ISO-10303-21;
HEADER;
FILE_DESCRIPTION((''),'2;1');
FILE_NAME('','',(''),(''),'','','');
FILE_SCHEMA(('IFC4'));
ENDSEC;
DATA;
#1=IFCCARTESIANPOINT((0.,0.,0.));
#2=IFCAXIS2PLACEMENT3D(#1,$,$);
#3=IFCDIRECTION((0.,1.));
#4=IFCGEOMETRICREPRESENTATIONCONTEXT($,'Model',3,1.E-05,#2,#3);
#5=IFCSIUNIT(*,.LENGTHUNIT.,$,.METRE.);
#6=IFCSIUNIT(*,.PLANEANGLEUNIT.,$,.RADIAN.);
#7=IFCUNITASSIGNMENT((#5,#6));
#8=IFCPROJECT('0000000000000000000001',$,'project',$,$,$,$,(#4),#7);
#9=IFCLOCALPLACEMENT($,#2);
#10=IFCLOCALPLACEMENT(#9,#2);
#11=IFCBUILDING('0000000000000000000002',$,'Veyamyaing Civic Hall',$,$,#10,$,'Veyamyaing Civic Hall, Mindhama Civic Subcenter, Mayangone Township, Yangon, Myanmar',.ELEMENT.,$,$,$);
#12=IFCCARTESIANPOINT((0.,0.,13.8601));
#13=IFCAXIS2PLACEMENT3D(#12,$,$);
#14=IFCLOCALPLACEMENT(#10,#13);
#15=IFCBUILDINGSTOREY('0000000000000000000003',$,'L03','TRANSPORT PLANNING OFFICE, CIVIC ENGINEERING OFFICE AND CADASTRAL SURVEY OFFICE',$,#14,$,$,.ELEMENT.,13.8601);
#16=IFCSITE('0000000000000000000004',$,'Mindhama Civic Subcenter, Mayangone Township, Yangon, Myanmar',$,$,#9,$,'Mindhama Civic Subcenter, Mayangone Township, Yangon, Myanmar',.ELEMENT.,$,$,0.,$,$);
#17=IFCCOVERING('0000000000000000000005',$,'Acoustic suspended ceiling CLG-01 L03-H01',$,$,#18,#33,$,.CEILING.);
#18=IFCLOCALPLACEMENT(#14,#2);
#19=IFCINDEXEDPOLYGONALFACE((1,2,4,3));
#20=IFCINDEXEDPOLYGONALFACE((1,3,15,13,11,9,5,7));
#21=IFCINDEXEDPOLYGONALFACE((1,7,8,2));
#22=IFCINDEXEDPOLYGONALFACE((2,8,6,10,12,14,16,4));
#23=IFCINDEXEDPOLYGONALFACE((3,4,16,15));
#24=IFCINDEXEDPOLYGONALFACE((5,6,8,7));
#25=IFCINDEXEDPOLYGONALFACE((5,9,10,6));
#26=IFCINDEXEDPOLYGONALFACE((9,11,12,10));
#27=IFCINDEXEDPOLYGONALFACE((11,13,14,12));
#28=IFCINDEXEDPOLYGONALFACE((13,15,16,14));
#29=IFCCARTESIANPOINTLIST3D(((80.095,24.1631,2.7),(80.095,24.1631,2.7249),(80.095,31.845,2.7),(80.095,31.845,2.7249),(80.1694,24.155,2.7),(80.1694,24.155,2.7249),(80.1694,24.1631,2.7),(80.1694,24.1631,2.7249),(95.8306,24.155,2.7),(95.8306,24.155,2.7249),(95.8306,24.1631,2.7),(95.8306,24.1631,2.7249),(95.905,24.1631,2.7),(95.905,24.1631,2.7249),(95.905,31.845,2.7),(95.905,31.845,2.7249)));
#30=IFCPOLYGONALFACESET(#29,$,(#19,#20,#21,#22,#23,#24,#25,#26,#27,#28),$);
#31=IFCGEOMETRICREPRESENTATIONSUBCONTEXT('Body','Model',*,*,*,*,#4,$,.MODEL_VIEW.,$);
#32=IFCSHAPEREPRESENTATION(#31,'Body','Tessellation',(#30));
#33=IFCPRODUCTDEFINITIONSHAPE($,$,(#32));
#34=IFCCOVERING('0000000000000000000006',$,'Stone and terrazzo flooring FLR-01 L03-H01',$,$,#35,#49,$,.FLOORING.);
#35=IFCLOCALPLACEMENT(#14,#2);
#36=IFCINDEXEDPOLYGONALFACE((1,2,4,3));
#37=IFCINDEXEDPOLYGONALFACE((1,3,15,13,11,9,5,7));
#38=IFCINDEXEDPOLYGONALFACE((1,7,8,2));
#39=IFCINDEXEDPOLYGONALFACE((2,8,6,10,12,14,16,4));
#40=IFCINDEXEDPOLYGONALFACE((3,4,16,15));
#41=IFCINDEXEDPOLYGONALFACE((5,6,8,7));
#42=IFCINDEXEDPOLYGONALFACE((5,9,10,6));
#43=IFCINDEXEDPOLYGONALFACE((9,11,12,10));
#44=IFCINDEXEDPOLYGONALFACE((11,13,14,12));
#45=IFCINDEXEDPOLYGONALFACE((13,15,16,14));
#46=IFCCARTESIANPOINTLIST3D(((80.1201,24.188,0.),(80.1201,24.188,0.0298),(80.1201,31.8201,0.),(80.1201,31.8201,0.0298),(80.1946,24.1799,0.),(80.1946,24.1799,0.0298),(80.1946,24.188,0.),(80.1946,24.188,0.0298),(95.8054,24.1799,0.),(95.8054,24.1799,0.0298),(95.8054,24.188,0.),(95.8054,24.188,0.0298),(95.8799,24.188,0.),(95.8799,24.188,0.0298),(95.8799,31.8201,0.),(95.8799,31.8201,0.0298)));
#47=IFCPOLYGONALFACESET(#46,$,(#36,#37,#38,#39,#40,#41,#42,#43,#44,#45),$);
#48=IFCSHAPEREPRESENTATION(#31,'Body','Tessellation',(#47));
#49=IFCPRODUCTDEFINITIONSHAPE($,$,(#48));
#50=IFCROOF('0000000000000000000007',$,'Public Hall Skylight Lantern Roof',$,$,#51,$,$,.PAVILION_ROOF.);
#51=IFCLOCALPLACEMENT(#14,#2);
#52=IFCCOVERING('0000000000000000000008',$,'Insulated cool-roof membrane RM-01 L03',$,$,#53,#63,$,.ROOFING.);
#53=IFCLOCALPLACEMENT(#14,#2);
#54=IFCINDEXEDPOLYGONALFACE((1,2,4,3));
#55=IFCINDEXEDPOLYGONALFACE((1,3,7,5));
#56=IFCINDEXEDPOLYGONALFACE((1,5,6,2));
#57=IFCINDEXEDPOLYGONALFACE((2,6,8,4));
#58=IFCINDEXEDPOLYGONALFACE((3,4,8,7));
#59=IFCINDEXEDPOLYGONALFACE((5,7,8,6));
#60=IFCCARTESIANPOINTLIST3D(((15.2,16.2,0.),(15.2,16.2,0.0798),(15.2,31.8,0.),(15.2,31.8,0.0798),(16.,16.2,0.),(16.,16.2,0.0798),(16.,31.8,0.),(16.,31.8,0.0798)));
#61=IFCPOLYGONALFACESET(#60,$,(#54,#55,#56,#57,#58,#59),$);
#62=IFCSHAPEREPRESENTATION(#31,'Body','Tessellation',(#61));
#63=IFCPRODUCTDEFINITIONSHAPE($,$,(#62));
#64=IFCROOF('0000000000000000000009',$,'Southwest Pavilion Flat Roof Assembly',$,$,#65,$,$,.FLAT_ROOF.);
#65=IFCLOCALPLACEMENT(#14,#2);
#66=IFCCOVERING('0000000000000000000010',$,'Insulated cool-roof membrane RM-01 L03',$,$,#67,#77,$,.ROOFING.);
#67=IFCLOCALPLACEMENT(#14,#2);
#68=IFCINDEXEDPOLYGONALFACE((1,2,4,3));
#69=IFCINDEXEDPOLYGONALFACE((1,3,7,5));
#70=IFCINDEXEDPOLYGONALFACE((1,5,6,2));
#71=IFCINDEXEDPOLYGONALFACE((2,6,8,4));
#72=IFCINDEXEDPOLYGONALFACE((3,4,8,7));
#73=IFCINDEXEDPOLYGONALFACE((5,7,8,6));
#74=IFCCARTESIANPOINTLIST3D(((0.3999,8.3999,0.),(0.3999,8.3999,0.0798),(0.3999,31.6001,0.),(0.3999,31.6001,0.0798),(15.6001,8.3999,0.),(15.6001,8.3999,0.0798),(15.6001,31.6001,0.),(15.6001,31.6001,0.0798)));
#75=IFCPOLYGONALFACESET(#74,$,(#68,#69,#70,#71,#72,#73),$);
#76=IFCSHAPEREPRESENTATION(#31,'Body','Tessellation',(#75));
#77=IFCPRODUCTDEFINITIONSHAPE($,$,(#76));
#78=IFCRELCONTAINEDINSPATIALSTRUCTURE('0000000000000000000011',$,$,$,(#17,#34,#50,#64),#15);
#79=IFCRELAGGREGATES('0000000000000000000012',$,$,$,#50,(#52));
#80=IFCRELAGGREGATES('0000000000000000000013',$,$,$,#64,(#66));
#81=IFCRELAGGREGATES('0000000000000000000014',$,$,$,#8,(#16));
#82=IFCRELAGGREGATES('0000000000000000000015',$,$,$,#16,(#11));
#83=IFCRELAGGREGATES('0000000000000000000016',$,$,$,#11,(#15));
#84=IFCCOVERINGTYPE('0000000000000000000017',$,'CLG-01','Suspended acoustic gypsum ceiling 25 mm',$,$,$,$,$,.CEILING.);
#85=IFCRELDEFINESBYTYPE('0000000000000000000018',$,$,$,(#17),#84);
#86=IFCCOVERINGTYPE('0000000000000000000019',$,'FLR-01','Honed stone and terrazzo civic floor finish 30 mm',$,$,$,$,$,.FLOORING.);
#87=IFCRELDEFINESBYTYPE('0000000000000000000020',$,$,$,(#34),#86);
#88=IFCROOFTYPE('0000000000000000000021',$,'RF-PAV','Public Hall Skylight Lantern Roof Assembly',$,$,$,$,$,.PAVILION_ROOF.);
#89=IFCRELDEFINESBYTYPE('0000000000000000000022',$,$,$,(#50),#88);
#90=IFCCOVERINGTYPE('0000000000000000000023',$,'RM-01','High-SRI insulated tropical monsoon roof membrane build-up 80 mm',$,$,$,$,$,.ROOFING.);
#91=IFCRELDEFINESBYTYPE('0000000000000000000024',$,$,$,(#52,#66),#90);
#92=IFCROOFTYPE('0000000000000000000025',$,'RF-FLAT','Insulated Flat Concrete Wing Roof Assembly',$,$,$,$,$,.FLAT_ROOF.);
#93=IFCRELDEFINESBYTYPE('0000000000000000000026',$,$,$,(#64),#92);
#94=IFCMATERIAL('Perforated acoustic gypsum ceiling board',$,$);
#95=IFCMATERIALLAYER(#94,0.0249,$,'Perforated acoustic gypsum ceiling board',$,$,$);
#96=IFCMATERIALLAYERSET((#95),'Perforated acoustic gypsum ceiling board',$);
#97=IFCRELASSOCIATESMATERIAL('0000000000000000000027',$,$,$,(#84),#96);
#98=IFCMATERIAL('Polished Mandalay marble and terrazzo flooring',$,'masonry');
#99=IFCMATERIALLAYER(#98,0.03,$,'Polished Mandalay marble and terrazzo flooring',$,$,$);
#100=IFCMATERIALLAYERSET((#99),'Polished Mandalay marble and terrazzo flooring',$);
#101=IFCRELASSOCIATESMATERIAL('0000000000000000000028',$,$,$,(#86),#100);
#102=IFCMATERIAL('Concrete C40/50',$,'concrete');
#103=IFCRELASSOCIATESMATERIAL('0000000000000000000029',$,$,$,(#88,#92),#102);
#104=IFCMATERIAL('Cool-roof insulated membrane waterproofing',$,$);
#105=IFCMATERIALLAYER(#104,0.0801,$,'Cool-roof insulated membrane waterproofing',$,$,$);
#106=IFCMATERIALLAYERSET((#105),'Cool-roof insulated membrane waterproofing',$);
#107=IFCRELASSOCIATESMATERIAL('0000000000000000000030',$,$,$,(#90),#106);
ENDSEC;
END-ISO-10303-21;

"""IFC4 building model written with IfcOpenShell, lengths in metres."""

from ifc_helpers import new_model, si_unit, direction, frame, origin, place, context, subcontext, project, spatial, polyline, outline, extrude, material, layer, layer_set, type_object, element, aggregate, save


model = new_model("IFC4")

# Units and contexts
model_context = context("Model", 3, precision=1e-05, world=origin(), true_north=direction((0.0, 1.0)))
body_context = subcontext(model_context, "Body", "Model", "MODEL_VIEW")
ifc_project = project(units=[si_unit("LENGTHUNIT", "METRE"), si_unit("PLANEANGLEUNIT", "RADIAN")], contexts=[model_context])

# Site, building, storey
site_placement = place(None, origin())
site = spatial("IfcSite", under=ifc_project, at=site_placement, Name="Mindhama Civic Subcenter, Mayangone Township, Yangon, Myanmar", LongName="Mindhama Civic Subcenter, Mayangone Township, Yangon, Myanmar", CompositionType="ELEMENT", RefElevation=0.0)
building_placement = place(site_placement, origin())
building = spatial("IfcBuilding", under=site, at=building_placement, Name="Veyamyaing Civic Hall", LongName="Veyamyaing Civic Hall, Mindhama Civic Subcenter, Mayangone Township, Yangon, Myanmar", CompositionType="ELEMENT")
storey_placement = place(building_placement, frame((0.0, 0.0, 13.8601)))
storey = spatial("IfcBuildingStorey", under=building, at=storey_placement, Name="L03", Description="TRANSPORT PLANNING OFFICE, CIVIC ENGINEERING OFFICE AND CADASTRAL SURVEY OFFICE", CompositionType="ELEMENT", Elevation=13.8601)

# Shared definitions
ifc_material_1 = material(Name="Concrete C40/50", Category="concrete")

# Coverings
ifc_material_2 = material(Name="Perforated acoustic gypsum ceiling board")
ifc_layer_1 = layer(ifc_material_2, 0.0249, Name="Perforated acoustic gypsum ceiling board")
ifc_layer_set_1 = layer_set([ifc_layer_1], Name="Perforated acoustic gypsum ceiling board")
covering_type_1 = type_object("IfcCoveringType", Name="CLG-01", Description="Suspended acoustic gypsum ceiling 25 mm", PredefinedType="CEILING", material=ifc_layer_set_1)
covering_1_placement = place(storey_placement, frame((0.0, 0.0, 2.7)))
element("IfcCovering", 1, at=covering_1_placement, inside=storey, type_object=covering_type_1, Name="Acoustic suspended ceiling CLG-01 L03-H01", PredefinedType="CEILING", context=body_context, shape_type="SweptSolid", body=[
    extrude(outline(polyline([(80.1694, 24.1631), (80.095, 24.1631), (80.095, 31.845), (95.905, 31.845), (95.905, 24.1631), (95.8306, 24.1631), (95.8306, 24.155), (80.1694, 24.155), (80.1694, 24.1631)])), origin(), (0.0, 0.0, 1.0), 0.0249),
])
ifc_material_3 = material(Name="Polished Mandalay marble and terrazzo flooring", Category="masonry")
ifc_layer_2 = layer(ifc_material_3, 0.03, Name="Polished Mandalay marble and terrazzo flooring")
ifc_layer_set_2 = layer_set([ifc_layer_2], Name="Polished Mandalay marble and terrazzo flooring")
covering_type_2 = type_object("IfcCoveringType", Name="FLR-01", Description="Honed stone and terrazzo civic floor finish 30 mm", PredefinedType="FLOORING", material=ifc_layer_set_2)
covering_2_placement = place(storey_placement, origin())
element("IfcCovering", 2, at=covering_2_placement, inside=storey, type_object=covering_type_2, Name="Stone and terrazzo flooring FLR-01 L03-H01", PredefinedType="FLOORING", context=body_context, shape_type="SweptSolid", body=[
    extrude(outline(polyline([(95.8799, 31.8201), (95.8799, 24.188), (95.8054, 24.188), (95.8054, 24.1799), (80.1946, 24.1799), (80.1946, 24.188), (80.1201, 24.188), (80.1201, 31.8201), (95.8799, 31.8201)])), origin(), (0.0, 0.0, 1.0), 0.0298),
])

# Roofs, coverings
roof_type_1 = type_object("IfcRoofType", Name="RF-PAV", Description="Public Hall Skylight Lantern Roof Assembly", PredefinedType="PAVILION_ROOF", material=ifc_material_1)
roof_1_placement = place(storey_placement, origin())
roof_1 = element("IfcRoof", 3, at=roof_1_placement, inside=storey, type_object=roof_type_1, Name="Public Hall Skylight Lantern Roof", PredefinedType="PAVILION_ROOF")
ifc_material_4 = material(Name="Cool-roof insulated membrane waterproofing")
ifc_layer_3 = layer(ifc_material_4, 0.0801, Name="Cool-roof insulated membrane waterproofing")
ifc_layer_set_3 = layer_set([ifc_layer_3], Name="Cool-roof insulated membrane waterproofing")
covering_type_3 = type_object("IfcCoveringType", Name="RM-01", Description="High-SRI insulated tropical monsoon roof membrane build-up 80 mm", PredefinedType="ROOFING", material=ifc_layer_set_3)
covering_3_placement = place(storey_placement, origin())
covering_3 = element("IfcCovering", 4, at=covering_3_placement, type_object=covering_type_3, Name="Insulated cool-roof membrane RM-01 L03", PredefinedType="ROOFING", context=body_context, shape_type="SweptSolid", body=[
    extrude(outline(polyline([(15.2, 16.2), (16.0, 16.2), (16.0, 31.8), (15.2, 31.8), (15.2, 16.2)])), origin(), (0.0, 0.0, 1.0), 0.0798),
])
aggregate(roof_1, [covering_3])
roof_type_2 = type_object("IfcRoofType", Name="RF-FLAT", Description="Insulated Flat Concrete Wing Roof Assembly", PredefinedType="FLAT_ROOF", material=ifc_material_1)
roof_2_placement = place(storey_placement, origin())
roof_2 = element("IfcRoof", 5, at=roof_2_placement, inside=storey, type_object=roof_type_2, Name="Southwest Pavilion Flat Roof Assembly", PredefinedType="FLAT_ROOF")
covering_4_placement = place(storey_placement, origin())
covering_4 = element("IfcCovering", 6, at=covering_4_placement, type_object=covering_type_3, Name="Insulated cool-roof membrane RM-01 L03", PredefinedType="ROOFING", context=body_context, shape_type="SweptSolid", body=[
    extrude(outline(polyline([(0.3999, 8.3999), (15.6001, 8.3999), (15.6001, 31.6001), (0.3999, 31.6001), (0.3999, 8.3999)])), origin(), (0.0, 0.0, 1.0), 0.0798),
])
aggregate(roof_2, [covering_4])

save(model, "model.ifc")
